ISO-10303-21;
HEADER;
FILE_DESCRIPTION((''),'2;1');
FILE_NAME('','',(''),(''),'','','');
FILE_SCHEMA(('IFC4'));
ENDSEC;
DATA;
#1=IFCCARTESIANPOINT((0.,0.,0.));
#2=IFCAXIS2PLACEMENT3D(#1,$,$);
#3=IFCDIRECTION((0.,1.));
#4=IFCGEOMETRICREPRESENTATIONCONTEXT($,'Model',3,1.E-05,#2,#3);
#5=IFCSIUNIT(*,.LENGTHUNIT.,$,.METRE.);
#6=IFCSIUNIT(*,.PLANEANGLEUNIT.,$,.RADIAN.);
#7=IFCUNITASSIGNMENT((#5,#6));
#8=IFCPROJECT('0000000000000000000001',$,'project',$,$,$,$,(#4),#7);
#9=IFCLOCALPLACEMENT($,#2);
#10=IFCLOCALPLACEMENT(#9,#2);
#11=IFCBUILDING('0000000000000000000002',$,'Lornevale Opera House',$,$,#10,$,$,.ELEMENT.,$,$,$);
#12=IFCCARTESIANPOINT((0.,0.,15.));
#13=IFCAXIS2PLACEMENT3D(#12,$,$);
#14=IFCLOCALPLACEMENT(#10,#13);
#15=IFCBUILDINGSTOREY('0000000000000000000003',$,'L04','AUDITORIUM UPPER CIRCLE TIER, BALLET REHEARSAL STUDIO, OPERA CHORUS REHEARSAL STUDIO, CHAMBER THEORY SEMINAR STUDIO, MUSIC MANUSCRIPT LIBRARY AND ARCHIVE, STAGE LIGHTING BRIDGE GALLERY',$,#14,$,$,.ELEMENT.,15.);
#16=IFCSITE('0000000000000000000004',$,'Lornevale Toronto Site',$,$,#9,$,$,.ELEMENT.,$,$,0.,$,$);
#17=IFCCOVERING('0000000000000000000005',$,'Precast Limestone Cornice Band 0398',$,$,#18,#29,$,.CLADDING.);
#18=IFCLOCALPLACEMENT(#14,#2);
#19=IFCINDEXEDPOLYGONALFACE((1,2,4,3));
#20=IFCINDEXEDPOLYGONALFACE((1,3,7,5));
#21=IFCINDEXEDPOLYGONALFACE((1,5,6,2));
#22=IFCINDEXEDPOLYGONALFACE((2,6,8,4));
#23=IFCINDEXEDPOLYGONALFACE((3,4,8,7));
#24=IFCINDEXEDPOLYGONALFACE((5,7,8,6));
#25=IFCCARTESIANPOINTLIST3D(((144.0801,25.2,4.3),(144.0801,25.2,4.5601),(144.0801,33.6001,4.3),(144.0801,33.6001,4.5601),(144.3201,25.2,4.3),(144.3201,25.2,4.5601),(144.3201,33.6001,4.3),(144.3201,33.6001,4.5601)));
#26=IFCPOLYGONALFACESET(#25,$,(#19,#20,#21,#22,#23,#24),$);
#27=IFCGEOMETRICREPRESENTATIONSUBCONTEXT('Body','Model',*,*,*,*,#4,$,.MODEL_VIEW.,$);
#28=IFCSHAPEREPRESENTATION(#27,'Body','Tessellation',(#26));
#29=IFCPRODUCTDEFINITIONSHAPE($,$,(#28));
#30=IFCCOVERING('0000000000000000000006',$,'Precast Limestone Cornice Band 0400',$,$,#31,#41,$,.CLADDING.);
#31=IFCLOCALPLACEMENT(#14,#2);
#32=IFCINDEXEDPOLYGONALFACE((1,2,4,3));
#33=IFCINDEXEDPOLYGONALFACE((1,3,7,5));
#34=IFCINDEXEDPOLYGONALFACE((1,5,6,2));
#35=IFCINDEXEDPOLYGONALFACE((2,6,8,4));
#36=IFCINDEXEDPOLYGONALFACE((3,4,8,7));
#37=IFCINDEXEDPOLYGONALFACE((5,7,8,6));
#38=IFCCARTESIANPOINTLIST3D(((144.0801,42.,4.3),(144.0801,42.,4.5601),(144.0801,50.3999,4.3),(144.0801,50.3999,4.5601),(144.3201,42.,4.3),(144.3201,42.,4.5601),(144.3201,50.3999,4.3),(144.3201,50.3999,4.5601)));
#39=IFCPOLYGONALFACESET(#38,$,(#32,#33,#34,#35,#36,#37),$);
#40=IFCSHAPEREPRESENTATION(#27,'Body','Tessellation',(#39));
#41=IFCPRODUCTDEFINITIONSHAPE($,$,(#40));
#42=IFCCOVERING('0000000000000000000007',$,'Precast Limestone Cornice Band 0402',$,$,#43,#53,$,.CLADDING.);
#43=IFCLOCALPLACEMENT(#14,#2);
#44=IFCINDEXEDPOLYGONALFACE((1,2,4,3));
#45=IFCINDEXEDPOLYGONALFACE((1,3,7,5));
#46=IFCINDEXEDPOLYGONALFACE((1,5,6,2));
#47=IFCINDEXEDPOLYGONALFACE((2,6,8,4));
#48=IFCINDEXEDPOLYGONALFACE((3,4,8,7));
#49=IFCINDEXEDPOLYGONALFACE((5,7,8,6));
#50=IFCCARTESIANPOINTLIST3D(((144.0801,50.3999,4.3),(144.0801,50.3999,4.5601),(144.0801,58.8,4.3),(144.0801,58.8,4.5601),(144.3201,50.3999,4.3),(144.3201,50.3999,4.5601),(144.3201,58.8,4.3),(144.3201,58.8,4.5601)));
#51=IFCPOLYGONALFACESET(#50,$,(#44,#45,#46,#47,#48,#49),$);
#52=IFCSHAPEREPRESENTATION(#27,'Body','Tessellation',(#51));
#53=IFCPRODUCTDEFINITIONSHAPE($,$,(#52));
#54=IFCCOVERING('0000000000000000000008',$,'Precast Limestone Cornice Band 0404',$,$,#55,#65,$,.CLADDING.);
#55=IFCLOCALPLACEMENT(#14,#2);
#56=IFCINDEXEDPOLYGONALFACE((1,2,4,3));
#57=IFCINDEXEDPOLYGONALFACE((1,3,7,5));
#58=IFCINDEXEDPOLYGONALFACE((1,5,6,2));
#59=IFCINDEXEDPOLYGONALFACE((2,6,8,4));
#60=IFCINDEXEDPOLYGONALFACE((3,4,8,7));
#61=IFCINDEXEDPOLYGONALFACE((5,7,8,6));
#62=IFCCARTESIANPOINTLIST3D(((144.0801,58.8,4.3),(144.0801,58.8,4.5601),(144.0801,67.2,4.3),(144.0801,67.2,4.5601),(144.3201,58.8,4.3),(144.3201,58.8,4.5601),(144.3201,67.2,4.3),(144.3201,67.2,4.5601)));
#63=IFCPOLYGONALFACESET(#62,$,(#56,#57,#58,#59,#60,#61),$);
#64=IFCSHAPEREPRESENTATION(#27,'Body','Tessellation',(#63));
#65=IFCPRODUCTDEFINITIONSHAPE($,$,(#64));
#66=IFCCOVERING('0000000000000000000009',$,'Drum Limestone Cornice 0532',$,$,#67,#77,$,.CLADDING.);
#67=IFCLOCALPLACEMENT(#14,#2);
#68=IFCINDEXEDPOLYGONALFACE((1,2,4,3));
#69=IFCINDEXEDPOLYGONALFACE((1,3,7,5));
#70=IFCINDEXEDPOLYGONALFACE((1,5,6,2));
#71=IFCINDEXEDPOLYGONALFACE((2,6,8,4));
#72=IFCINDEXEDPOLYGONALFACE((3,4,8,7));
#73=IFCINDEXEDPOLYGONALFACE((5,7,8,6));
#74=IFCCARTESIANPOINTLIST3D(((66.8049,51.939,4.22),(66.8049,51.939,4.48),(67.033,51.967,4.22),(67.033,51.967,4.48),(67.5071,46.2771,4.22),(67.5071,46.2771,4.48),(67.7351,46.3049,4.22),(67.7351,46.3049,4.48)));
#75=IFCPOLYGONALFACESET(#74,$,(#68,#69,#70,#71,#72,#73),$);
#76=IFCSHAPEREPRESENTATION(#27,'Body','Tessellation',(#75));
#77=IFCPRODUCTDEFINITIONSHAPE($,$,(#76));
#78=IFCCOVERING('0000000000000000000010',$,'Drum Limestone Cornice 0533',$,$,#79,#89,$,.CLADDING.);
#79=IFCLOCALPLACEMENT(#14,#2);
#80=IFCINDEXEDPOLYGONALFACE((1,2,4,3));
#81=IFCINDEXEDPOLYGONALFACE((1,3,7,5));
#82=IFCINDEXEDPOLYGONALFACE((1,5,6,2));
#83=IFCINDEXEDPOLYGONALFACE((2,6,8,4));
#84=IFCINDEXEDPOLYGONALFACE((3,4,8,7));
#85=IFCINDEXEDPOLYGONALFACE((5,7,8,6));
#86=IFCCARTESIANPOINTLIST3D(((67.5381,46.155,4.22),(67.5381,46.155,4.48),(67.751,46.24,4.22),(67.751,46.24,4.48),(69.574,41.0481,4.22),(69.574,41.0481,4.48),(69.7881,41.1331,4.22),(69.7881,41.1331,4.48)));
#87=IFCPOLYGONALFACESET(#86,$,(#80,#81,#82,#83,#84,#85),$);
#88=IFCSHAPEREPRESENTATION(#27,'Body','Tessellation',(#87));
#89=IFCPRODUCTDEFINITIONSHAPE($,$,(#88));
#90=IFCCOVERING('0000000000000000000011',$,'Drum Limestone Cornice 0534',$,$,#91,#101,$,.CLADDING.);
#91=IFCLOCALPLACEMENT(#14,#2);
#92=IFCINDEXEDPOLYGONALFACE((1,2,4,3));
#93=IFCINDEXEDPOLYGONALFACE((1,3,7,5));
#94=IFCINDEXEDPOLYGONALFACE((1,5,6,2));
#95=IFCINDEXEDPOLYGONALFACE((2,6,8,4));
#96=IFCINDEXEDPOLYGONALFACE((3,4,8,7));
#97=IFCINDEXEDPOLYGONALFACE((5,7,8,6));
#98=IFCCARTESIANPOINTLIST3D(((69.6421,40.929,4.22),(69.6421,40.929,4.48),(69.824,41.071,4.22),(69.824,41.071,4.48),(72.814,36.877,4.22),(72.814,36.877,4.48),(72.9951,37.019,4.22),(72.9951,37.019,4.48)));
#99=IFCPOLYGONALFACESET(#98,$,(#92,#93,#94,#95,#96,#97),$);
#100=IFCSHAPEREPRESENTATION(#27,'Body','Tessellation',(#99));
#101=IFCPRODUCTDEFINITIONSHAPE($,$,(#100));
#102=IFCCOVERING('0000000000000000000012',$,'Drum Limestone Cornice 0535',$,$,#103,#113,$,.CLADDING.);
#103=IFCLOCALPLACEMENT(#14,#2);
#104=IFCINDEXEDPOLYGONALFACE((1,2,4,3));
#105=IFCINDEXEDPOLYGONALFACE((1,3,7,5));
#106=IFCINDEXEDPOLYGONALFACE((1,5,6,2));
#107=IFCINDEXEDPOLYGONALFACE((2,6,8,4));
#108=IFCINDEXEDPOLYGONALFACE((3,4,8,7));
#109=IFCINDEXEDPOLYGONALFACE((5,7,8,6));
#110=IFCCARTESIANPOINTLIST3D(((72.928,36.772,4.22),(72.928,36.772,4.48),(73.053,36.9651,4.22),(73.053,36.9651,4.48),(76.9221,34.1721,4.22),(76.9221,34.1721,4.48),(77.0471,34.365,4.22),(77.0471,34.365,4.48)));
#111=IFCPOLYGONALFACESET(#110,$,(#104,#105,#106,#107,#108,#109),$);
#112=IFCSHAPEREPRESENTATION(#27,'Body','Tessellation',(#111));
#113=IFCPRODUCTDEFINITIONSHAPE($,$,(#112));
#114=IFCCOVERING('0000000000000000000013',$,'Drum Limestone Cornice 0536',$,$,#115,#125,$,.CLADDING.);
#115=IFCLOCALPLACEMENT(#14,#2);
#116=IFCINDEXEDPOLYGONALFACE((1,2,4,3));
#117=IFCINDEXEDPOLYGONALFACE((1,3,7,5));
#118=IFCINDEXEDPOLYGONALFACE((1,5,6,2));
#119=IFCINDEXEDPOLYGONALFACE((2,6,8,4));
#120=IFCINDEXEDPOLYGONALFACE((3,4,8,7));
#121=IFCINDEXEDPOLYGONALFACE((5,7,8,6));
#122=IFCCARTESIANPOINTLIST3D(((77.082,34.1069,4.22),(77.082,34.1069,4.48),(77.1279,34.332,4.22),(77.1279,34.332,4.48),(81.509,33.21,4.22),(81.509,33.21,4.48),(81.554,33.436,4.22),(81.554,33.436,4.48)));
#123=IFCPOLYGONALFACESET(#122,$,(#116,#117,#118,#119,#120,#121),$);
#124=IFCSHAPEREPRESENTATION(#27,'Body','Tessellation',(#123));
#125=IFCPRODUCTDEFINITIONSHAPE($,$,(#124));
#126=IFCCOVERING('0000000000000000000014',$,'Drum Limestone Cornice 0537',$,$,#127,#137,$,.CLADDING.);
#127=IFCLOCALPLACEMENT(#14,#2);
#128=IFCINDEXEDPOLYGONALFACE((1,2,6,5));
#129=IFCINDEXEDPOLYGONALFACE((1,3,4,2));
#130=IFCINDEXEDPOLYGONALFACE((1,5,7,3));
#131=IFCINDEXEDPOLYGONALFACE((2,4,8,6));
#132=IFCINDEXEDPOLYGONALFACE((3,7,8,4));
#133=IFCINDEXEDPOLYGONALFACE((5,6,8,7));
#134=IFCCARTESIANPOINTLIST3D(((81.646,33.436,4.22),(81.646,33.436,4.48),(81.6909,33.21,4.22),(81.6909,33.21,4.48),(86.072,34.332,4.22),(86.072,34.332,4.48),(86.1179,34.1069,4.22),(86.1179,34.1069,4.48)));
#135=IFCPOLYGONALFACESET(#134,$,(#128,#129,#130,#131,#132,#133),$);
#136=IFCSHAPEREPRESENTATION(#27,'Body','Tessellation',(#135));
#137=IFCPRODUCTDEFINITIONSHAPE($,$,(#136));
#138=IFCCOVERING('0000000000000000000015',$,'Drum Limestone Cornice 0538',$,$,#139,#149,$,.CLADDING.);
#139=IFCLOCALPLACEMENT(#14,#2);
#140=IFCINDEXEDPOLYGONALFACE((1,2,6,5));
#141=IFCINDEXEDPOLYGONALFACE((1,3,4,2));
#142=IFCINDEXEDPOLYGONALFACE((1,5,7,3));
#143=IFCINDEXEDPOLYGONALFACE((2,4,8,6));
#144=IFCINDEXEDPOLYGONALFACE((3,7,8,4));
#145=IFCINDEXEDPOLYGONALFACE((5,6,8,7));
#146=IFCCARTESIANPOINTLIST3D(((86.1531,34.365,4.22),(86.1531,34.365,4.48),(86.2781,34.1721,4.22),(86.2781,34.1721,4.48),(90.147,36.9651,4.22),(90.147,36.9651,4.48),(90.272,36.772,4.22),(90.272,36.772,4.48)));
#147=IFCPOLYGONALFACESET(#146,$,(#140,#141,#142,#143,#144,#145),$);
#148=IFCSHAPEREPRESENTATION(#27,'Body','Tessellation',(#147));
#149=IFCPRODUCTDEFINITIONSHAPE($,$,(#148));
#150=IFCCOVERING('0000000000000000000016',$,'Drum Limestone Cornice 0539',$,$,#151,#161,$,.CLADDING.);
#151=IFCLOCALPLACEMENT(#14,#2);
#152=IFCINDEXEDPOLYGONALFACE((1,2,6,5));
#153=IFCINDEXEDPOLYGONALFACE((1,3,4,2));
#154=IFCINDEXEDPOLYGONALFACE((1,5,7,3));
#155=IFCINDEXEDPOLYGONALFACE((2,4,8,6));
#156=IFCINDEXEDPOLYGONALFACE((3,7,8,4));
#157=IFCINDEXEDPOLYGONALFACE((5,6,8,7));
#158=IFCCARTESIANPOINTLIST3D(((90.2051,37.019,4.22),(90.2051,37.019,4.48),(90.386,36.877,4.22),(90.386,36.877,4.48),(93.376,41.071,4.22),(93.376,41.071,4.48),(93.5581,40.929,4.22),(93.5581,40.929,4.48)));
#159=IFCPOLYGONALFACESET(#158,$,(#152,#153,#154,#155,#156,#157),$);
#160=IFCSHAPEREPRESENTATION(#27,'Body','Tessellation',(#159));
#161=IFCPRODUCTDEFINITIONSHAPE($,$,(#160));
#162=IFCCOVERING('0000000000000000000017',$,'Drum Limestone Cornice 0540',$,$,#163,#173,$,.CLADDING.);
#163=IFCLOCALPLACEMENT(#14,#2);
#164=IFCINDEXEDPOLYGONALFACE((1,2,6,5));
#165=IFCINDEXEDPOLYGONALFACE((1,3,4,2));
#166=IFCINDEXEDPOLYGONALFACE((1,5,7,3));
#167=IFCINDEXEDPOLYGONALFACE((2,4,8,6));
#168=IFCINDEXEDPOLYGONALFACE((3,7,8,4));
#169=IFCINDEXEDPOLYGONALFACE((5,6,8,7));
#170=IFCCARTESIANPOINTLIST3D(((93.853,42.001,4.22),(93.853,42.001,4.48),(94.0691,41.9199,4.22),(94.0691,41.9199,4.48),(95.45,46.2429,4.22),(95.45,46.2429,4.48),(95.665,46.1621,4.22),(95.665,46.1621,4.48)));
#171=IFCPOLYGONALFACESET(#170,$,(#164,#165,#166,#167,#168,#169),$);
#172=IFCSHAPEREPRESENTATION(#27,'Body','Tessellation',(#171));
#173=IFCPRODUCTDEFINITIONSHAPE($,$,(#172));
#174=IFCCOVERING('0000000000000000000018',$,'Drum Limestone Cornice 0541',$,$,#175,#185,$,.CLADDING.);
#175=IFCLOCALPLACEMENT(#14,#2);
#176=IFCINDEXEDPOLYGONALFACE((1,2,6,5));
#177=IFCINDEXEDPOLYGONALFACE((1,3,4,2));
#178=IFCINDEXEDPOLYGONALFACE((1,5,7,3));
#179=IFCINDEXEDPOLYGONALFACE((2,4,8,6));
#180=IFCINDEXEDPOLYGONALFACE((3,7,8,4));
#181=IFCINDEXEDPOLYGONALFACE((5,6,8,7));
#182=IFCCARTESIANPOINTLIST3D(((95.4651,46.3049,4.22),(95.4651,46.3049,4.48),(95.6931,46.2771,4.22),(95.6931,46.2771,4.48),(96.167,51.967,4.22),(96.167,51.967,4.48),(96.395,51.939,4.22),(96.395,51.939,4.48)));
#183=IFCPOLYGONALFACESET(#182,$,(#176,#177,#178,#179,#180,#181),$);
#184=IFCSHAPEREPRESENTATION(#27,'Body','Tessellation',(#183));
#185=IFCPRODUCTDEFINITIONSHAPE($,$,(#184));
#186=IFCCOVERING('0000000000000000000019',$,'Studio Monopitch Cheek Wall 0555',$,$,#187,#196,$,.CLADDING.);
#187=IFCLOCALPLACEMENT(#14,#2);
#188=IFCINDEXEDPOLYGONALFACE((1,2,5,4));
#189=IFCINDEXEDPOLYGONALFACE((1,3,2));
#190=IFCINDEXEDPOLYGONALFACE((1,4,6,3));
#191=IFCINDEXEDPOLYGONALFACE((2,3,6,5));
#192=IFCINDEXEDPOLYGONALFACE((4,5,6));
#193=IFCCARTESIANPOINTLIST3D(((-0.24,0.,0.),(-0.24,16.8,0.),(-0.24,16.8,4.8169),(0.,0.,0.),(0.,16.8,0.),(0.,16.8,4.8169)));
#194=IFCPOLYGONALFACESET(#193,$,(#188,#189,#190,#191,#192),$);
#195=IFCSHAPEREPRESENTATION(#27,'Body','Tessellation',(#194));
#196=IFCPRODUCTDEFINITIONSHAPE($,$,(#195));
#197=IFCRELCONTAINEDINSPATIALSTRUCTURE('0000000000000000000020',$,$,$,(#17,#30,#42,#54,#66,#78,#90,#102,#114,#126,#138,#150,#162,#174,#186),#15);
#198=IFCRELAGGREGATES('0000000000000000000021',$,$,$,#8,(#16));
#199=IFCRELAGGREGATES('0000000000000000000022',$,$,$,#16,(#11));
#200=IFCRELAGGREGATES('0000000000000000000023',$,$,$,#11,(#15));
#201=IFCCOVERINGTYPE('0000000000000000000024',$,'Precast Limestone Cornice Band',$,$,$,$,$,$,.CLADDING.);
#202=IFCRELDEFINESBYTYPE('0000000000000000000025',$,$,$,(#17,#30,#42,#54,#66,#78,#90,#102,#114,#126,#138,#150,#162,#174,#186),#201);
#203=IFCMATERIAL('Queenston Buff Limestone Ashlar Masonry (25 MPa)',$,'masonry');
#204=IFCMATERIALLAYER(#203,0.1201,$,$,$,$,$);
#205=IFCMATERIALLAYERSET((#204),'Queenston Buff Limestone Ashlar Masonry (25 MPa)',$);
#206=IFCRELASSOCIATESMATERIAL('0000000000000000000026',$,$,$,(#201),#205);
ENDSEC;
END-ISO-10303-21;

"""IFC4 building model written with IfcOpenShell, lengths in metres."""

from ifc_helpers import new_model, si_unit, direction, frame, origin, place, context, subcontext, project, spatial, polyline, outline, extrude, material, layer, layer_set, type_object, element, save


model = new_model("IFC4")

# Units and contexts
model_context = context("Model", 3, precision=1e-05, world=origin(), true_north=direction((0.0, 1.0)))
body_context = subcontext(model_context, "Body", "Model", "MODEL_VIEW")
ifc_project = project(units=[si_unit("LENGTHUNIT", "METRE"), si_unit("PLANEANGLEUNIT", "RADIAN")], contexts=[model_context])

# Site, building, storey
site_placement = place(None, origin())
site = spatial("IfcSite", under=ifc_project, at=site_placement, Name="Lornevale Toronto Site", CompositionType="ELEMENT", RefElevation=0.0)
building_placement = place(site_placement, origin())
building = spatial("IfcBuilding", under=site, at=building_placement, Name="Lornevale Opera House", CompositionType="ELEMENT")
storey_placement = place(building_placement, frame((0.0, 0.0, 15.0)))
storey = spatial("IfcBuildingStorey", under=building, at=storey_placement, Name="L04", Description="AUDITORIUM UPPER CIRCLE TIER, BALLET REHEARSAL STUDIO, OPERA CHORUS REHEARSAL STUDIO, CHAMBER THEORY SEMINAR STUDIO, MUSIC MANUSCRIPT LIBRARY AND ARCHIVE, STAGE LIGHTING BRIDGE GALLERY", CompositionType="ELEMENT", Elevation=15.0)

# Coverings
ifc_material_1 = material(Name="Queenston Buff Limestone Ashlar Masonry (25 MPa)", Category="masonry")
ifc_layer_1 = layer(ifc_material_1, 0.1201)
ifc_layer_set_1 = layer_set([ifc_layer_1], Name="Queenston Buff Limestone Ashlar Masonry (25 MPa)")
covering_type_1 = type_object("IfcCoveringType", Name="Precast Limestone Cornice Band", PredefinedType="CLADDING", material=ifc_layer_set_1)
covering_1_placement = place(storey_placement, frame((0.0, 0.0, 4.3)))
element("IfcCovering", 1, at=covering_1_placement, inside=storey, type_object=covering_type_1, Name="Precast Limestone Cornice Band 0398", PredefinedType="CLADDING", context=body_context, shape_type="SweptSolid", body=[
    extrude(outline(polyline([(144.0801, 33.6001), (144.0801, 25.2), (144.3201, 25.2), (144.3201, 33.6001), (144.0801, 33.6001)])), origin(), (0.0, 0.0, 1.0), 0.26),
])
covering_2_placement = place(storey_placement, frame((0.0, 0.0, 4.3)))
element("IfcCovering", 2, at=covering_2_placement, inside=storey, type_object=covering_type_1, Name="Precast Limestone Cornice Band 0400", PredefinedType="CLADDING", context=body_context, shape_type="SweptSolid", body=[
    extrude(outline(polyline([(144.0801, 50.3999), (144.0801, 42.0), (144.3201, 42.0), (144.3201, 50.3999), (144.0801, 50.3999)])), origin(), (0.0, 0.0, 1.0), 0.26),
])
covering_3_placement = place(storey_placement, frame((0.0, 0.0, 4.3)))
element("IfcCovering", 3, at=covering_3_placement, inside=storey, type_object=covering_type_1, Name="Precast Limestone Cornice Band 0402", PredefinedType="CLADDING", context=body_context, shape_type="SweptSolid", body=[
    extrude(outline(polyline([(144.0801, 58.8), (144.0801, 50.3999), (144.3201, 50.3999), (144.3201, 58.8), (144.0801, 58.8)])), origin(), (0.0, 0.0, 1.0), 0.26),
])
covering_4_placement = place(storey_placement, frame((0.0, 0.0, 4.3)))
element("IfcCovering", 4, at=covering_4_placement, inside=storey, type_object=covering_type_1, Name="Precast Limestone Cornice Band 0404", PredefinedType="CLADDING", context=body_context, shape_type="SweptSolid", body=[
    extrude(outline(polyline([(144.0801, 67.2), (144.0801, 58.8), (144.3201, 58.8), (144.3201, 67.2), (144.0801, 67.2)])), origin(), (0.0, 0.0, 1.0), 0.26),
])
covering_5_placement = place(storey_placement, frame((0.0, 0.0, 4.22)))
element("IfcCovering", 5, at=covering_5_placement, inside=storey, type_object=covering_type_1, Name="Drum Limestone Cornice 0532", PredefinedType="CLADDING", context=body_context, shape_type="SweptSolid", body=[
    extrude(outline(polyline([(67.033, 51.967), (67.7351, 46.3049), (67.5071, 46.2771), (66.8049, 51.939), (67.033, 51.967)])), origin(), (0.0, 0.0, 1.0), 0.26),
])
covering_6_placement = place(storey_placement, frame((0.0, 0.0, 4.22)))
element("IfcCovering", 6, at=covering_6_placement, inside=storey, type_object=covering_type_1, Name="Drum Limestone Cornice 0533", PredefinedType="CLADDING", context=body_context, shape_type="SweptSolid", body=[
    extrude(outline(polyline([(67.751, 46.24), (69.7881, 41.1331), (69.574, 41.0481), (67.5381, 46.155), (67.751, 46.24)])), origin(), (0.0, 0.0, 1.0), 0.26),
])
covering_7_placement = place(storey_placement, frame((0.0, 0.0, 4.22)))
element("IfcCovering", 7, at=covering_7_placement, inside=storey, type_object=covering_type_1, Name="Drum Limestone Cornice 0534", PredefinedType="CLADDING", context=body_context, shape_type="SweptSolid", body=[
    extrude(outline(polyline([(69.824, 41.071), (72.9951, 37.019), (72.814, 36.877), (69.6421, 40.929), (69.824, 41.071)])), origin(), (0.0, 0.0, 1.0), 0.26),
])
covering_8_placement = place(storey_placement, frame((0.0, 0.0, 4.22)))
element("IfcCovering", 8, at=covering_8_placement, inside=storey, type_object=covering_type_1, Name="Drum Limestone Cornice 0535", PredefinedType="CLADDING", context=body_context, shape_type="SweptSolid", body=[
    extrude(outline(polyline([(73.053, 36.9651), (77.0471, 34.365), (76.9221, 34.1721), (72.928, 36.772), (73.053, 36.9651)])), origin(), (0.0, 0.0, 1.0), 0.26),
])
covering_9_placement = place(storey_placement, frame((0.0, 0.0, 4.22)))
element("IfcCovering", 9, at=covering_9_placement, inside=storey, type_object=covering_type_1, Name="Drum Limestone Cornice 0536", PredefinedType="CLADDING", context=body_context, shape_type="SweptSolid", body=[
    extrude(outline(polyline([(77.1279, 34.332), (81.554, 33.436), (81.509, 33.21), (77.082, 34.1069), (77.1279, 34.332)])), origin(), (0.0, 0.0, 1.0), 0.26),
])
covering_10_placement = place(storey_placement, frame((0.0, 0.0, 4.22)))
element("IfcCovering", 10, at=covering_10_placement, inside=storey, type_object=covering_type_1, Name="Drum Limestone Cornice 0537", PredefinedType="CLADDING", context=body_context, shape_type="SweptSolid", body=[
    extrude(outline(polyline([(81.646, 33.436), (86.072, 34.332), (86.1179, 34.1069), (81.6909, 33.21), (81.646, 33.436)])), origin(), (0.0, 0.0, 1.0), 0.26),
])
covering_11_placement = place(storey_placement, frame((0.0, 0.0, 4.22)))
element("IfcCovering", 11, at=covering_11_placement, inside=storey, type_object=covering_type_1, Name="Drum Limestone Cornice 0538", PredefinedType="CLADDING", context=body_context, shape_type="SweptSolid", body=[
    extrude(outline(polyline([(86.1531, 34.365), (90.147, 36.9651), (90.272, 36.772), (86.2781, 34.1721), (86.1531, 34.365)])), origin(), (0.0, 0.0, 1.0), 0.26),
])
covering_12_placement = place(storey_placement, frame((0.0, 0.0, 4.22)))
element("IfcCovering", 12, at=covering_12_placement, inside=storey, type_object=covering_type_1, Name="Drum Limestone Cornice 0539", PredefinedType="CLADDING", context=body_context, shape_type="SweptSolid", body=[
    extrude(outline(polyline([(90.2051, 37.019), (93.376, 41.071), (93.5581, 40.929), (90.386, 36.877), (90.2051, 37.019)])), origin(), (0.0, 0.0, 1.0), 0.26),
])
covering_13_placement = place(storey_placement, frame((0.0, 0.0, 4.22)))
element("IfcCovering", 13, at=covering_13_placement, inside=storey, type_object=covering_type_1, Name="Drum Limestone Cornice 0540", PredefinedType="CLADDING", context=body_context, shape_type="SweptSolid", body=[
    extrude(outline(polyline([(93.853, 42.001), (95.45, 46.2429), (95.665, 46.1621), (94.0691, 41.9199), (93.853, 42.001)])), origin(), (0.0, 0.0, 1.0), 0.26),
])
covering_14_placement = place(storey_placement, frame((0.0, 0.0, 4.22)))
element("IfcCovering", 14, at=covering_14_placement, inside=storey, type_object=covering_type_1, Name="Drum Limestone Cornice 0541", PredefinedType="CLADDING", context=body_context, shape_type="SweptSolid", body=[
    extrude(outline(polyline([(95.4651, 46.3049), (96.167, 51.967), (96.395, 51.939), (95.6931, 46.2771), (95.4651, 46.3049)])), origin(), (0.0, 0.0, 1.0), 0.26),
])
covering_15_placement = place(storey_placement, frame((0.0, 0.0, 0.0), z_axis=(1.0, 0.0, 0.0), x_axis=(0.0, 1.0, 0.0)))
element("IfcCovering", 15, at=covering_15_placement, inside=storey, type_object=covering_type_1, Name="Studio Monopitch Cheek Wall 0555", PredefinedType="CLADDING", context=body_context, shape_type="SweptSolid", body=[
    extrude(outline(polyline([(0.0, 0.0), (16.8, 0.0), (16.8, 4.8169), (0.0, 0.0)])), origin(), (0.0, 0.0, -1.0), 0.24),
])

save(model, "model.ifc")
